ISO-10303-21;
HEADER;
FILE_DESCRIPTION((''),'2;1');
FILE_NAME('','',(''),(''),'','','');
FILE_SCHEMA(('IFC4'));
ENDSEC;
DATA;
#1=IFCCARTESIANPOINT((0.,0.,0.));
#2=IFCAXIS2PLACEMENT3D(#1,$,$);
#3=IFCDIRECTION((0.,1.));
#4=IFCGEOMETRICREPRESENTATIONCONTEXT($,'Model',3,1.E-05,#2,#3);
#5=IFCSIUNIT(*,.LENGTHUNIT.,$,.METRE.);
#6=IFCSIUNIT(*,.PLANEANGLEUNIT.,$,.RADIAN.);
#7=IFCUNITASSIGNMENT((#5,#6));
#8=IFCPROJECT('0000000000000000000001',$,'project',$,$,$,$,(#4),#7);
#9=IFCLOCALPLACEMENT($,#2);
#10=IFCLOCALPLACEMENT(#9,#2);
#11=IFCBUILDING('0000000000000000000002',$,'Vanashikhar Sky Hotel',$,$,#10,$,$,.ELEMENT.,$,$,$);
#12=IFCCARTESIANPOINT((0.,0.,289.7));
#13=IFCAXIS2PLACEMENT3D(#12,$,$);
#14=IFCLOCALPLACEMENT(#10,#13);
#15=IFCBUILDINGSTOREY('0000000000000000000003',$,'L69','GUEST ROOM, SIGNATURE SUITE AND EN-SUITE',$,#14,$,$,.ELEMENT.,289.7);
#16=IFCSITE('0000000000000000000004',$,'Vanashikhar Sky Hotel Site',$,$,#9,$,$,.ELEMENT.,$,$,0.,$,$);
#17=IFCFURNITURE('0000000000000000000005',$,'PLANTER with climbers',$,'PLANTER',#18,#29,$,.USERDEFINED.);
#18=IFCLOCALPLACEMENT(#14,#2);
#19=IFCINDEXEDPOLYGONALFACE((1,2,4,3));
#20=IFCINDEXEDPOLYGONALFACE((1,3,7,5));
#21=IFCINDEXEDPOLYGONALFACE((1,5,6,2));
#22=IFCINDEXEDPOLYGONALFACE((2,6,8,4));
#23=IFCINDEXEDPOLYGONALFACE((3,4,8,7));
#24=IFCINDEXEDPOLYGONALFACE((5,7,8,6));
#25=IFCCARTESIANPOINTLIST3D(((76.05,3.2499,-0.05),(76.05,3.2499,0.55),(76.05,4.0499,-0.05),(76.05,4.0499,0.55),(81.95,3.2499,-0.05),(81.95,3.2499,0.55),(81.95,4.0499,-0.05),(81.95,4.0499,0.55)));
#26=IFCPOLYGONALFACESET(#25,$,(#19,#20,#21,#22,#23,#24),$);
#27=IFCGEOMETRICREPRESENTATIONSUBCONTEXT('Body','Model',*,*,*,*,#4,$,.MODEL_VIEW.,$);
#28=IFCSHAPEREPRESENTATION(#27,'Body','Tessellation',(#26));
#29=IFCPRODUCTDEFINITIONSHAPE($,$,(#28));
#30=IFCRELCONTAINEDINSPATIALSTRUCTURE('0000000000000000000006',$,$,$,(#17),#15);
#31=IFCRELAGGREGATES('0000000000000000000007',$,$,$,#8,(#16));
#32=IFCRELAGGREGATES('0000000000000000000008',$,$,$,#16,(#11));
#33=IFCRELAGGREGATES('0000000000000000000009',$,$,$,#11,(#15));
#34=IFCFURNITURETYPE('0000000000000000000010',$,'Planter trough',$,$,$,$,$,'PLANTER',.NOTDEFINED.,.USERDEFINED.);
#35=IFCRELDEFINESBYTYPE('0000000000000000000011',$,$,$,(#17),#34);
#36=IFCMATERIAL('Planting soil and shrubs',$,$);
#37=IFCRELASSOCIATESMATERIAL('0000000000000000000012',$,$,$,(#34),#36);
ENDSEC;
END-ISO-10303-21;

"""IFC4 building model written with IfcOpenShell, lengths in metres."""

from ifc_helpers import new_model, si_unit, direction, frame, origin, origin_2d, place, context, subcontext, project, spatial, rectangle, extrude, source, transform, mapped, material, type_object, element, save


model = new_model("IFC4")

# Units and contexts
model_context = context("Model", 3, precision=1e-05, world=origin(), true_north=direction((0.0, 1.0)))
body_context = subcontext(model_context, "Body", "Model", "MODEL_VIEW")
ifc_project = project(units=[si_unit("LENGTHUNIT", "METRE"), si_unit("PLANEANGLEUNIT", "RADIAN")], contexts=[model_context])

# Site, building, storey
site_placement = place(None, origin())
site = spatial("IfcSite", under=ifc_project, at=site_placement, Name="Vanashikhar Sky Hotel Site", CompositionType="ELEMENT", RefElevation=0.0)
building_placement = place(site_placement, origin())
building = spatial("IfcBuilding", under=site, at=building_placement, Name="Vanashikhar Sky Hotel", CompositionType="ELEMENT")
storey_placement = place(building_placement, frame((0.0, 0.0, 289.7)))
storey = spatial("IfcBuildingStorey", under=building, at=storey_placement, Name="L69", Description="GUEST ROOM, SIGNATURE SUITE AND EN-SUITE", CompositionType="ELEMENT", Elevation=289.7)

# Furniture
ifc_material_1 = material(Name="Planting soil and shrubs")
furniture_type = type_object("IfcFurnitureType", Name="Planter trough", ElementType="PLANTER", AssemblyPlace="NOTDEFINED", PredefinedType="USERDEFINED", material=ifc_material_1)
shared_shape_1 = source(origin(), body_context, "Body", "SweptSolid", [
    extrude(rectangle(XDim=5.8999, YDim=0.8, at=origin_2d()), origin(), (0.0, 0.0, 1.0), 0.6001),
])
furniture_placement = place(storey_placement, frame((79.0, 3.6499, -0.05), z_axis=(0.0, 0.0, 1.0), x_axis=(1.0, 0.0, 0.0)))
element("IfcFurniture", 1, at=furniture_placement, inside=storey, type_object=furniture_type, Name="PLANTER with climbers", ObjectType="PLANTER", PredefinedType="USERDEFINED", context=body_context, shape_type="MappedRepresentation", body=[
    mapped(shared_shape_1, transform((0.0, 0.0, 0.0), scale=1.0)),
])

save(model, "model.ifc")
